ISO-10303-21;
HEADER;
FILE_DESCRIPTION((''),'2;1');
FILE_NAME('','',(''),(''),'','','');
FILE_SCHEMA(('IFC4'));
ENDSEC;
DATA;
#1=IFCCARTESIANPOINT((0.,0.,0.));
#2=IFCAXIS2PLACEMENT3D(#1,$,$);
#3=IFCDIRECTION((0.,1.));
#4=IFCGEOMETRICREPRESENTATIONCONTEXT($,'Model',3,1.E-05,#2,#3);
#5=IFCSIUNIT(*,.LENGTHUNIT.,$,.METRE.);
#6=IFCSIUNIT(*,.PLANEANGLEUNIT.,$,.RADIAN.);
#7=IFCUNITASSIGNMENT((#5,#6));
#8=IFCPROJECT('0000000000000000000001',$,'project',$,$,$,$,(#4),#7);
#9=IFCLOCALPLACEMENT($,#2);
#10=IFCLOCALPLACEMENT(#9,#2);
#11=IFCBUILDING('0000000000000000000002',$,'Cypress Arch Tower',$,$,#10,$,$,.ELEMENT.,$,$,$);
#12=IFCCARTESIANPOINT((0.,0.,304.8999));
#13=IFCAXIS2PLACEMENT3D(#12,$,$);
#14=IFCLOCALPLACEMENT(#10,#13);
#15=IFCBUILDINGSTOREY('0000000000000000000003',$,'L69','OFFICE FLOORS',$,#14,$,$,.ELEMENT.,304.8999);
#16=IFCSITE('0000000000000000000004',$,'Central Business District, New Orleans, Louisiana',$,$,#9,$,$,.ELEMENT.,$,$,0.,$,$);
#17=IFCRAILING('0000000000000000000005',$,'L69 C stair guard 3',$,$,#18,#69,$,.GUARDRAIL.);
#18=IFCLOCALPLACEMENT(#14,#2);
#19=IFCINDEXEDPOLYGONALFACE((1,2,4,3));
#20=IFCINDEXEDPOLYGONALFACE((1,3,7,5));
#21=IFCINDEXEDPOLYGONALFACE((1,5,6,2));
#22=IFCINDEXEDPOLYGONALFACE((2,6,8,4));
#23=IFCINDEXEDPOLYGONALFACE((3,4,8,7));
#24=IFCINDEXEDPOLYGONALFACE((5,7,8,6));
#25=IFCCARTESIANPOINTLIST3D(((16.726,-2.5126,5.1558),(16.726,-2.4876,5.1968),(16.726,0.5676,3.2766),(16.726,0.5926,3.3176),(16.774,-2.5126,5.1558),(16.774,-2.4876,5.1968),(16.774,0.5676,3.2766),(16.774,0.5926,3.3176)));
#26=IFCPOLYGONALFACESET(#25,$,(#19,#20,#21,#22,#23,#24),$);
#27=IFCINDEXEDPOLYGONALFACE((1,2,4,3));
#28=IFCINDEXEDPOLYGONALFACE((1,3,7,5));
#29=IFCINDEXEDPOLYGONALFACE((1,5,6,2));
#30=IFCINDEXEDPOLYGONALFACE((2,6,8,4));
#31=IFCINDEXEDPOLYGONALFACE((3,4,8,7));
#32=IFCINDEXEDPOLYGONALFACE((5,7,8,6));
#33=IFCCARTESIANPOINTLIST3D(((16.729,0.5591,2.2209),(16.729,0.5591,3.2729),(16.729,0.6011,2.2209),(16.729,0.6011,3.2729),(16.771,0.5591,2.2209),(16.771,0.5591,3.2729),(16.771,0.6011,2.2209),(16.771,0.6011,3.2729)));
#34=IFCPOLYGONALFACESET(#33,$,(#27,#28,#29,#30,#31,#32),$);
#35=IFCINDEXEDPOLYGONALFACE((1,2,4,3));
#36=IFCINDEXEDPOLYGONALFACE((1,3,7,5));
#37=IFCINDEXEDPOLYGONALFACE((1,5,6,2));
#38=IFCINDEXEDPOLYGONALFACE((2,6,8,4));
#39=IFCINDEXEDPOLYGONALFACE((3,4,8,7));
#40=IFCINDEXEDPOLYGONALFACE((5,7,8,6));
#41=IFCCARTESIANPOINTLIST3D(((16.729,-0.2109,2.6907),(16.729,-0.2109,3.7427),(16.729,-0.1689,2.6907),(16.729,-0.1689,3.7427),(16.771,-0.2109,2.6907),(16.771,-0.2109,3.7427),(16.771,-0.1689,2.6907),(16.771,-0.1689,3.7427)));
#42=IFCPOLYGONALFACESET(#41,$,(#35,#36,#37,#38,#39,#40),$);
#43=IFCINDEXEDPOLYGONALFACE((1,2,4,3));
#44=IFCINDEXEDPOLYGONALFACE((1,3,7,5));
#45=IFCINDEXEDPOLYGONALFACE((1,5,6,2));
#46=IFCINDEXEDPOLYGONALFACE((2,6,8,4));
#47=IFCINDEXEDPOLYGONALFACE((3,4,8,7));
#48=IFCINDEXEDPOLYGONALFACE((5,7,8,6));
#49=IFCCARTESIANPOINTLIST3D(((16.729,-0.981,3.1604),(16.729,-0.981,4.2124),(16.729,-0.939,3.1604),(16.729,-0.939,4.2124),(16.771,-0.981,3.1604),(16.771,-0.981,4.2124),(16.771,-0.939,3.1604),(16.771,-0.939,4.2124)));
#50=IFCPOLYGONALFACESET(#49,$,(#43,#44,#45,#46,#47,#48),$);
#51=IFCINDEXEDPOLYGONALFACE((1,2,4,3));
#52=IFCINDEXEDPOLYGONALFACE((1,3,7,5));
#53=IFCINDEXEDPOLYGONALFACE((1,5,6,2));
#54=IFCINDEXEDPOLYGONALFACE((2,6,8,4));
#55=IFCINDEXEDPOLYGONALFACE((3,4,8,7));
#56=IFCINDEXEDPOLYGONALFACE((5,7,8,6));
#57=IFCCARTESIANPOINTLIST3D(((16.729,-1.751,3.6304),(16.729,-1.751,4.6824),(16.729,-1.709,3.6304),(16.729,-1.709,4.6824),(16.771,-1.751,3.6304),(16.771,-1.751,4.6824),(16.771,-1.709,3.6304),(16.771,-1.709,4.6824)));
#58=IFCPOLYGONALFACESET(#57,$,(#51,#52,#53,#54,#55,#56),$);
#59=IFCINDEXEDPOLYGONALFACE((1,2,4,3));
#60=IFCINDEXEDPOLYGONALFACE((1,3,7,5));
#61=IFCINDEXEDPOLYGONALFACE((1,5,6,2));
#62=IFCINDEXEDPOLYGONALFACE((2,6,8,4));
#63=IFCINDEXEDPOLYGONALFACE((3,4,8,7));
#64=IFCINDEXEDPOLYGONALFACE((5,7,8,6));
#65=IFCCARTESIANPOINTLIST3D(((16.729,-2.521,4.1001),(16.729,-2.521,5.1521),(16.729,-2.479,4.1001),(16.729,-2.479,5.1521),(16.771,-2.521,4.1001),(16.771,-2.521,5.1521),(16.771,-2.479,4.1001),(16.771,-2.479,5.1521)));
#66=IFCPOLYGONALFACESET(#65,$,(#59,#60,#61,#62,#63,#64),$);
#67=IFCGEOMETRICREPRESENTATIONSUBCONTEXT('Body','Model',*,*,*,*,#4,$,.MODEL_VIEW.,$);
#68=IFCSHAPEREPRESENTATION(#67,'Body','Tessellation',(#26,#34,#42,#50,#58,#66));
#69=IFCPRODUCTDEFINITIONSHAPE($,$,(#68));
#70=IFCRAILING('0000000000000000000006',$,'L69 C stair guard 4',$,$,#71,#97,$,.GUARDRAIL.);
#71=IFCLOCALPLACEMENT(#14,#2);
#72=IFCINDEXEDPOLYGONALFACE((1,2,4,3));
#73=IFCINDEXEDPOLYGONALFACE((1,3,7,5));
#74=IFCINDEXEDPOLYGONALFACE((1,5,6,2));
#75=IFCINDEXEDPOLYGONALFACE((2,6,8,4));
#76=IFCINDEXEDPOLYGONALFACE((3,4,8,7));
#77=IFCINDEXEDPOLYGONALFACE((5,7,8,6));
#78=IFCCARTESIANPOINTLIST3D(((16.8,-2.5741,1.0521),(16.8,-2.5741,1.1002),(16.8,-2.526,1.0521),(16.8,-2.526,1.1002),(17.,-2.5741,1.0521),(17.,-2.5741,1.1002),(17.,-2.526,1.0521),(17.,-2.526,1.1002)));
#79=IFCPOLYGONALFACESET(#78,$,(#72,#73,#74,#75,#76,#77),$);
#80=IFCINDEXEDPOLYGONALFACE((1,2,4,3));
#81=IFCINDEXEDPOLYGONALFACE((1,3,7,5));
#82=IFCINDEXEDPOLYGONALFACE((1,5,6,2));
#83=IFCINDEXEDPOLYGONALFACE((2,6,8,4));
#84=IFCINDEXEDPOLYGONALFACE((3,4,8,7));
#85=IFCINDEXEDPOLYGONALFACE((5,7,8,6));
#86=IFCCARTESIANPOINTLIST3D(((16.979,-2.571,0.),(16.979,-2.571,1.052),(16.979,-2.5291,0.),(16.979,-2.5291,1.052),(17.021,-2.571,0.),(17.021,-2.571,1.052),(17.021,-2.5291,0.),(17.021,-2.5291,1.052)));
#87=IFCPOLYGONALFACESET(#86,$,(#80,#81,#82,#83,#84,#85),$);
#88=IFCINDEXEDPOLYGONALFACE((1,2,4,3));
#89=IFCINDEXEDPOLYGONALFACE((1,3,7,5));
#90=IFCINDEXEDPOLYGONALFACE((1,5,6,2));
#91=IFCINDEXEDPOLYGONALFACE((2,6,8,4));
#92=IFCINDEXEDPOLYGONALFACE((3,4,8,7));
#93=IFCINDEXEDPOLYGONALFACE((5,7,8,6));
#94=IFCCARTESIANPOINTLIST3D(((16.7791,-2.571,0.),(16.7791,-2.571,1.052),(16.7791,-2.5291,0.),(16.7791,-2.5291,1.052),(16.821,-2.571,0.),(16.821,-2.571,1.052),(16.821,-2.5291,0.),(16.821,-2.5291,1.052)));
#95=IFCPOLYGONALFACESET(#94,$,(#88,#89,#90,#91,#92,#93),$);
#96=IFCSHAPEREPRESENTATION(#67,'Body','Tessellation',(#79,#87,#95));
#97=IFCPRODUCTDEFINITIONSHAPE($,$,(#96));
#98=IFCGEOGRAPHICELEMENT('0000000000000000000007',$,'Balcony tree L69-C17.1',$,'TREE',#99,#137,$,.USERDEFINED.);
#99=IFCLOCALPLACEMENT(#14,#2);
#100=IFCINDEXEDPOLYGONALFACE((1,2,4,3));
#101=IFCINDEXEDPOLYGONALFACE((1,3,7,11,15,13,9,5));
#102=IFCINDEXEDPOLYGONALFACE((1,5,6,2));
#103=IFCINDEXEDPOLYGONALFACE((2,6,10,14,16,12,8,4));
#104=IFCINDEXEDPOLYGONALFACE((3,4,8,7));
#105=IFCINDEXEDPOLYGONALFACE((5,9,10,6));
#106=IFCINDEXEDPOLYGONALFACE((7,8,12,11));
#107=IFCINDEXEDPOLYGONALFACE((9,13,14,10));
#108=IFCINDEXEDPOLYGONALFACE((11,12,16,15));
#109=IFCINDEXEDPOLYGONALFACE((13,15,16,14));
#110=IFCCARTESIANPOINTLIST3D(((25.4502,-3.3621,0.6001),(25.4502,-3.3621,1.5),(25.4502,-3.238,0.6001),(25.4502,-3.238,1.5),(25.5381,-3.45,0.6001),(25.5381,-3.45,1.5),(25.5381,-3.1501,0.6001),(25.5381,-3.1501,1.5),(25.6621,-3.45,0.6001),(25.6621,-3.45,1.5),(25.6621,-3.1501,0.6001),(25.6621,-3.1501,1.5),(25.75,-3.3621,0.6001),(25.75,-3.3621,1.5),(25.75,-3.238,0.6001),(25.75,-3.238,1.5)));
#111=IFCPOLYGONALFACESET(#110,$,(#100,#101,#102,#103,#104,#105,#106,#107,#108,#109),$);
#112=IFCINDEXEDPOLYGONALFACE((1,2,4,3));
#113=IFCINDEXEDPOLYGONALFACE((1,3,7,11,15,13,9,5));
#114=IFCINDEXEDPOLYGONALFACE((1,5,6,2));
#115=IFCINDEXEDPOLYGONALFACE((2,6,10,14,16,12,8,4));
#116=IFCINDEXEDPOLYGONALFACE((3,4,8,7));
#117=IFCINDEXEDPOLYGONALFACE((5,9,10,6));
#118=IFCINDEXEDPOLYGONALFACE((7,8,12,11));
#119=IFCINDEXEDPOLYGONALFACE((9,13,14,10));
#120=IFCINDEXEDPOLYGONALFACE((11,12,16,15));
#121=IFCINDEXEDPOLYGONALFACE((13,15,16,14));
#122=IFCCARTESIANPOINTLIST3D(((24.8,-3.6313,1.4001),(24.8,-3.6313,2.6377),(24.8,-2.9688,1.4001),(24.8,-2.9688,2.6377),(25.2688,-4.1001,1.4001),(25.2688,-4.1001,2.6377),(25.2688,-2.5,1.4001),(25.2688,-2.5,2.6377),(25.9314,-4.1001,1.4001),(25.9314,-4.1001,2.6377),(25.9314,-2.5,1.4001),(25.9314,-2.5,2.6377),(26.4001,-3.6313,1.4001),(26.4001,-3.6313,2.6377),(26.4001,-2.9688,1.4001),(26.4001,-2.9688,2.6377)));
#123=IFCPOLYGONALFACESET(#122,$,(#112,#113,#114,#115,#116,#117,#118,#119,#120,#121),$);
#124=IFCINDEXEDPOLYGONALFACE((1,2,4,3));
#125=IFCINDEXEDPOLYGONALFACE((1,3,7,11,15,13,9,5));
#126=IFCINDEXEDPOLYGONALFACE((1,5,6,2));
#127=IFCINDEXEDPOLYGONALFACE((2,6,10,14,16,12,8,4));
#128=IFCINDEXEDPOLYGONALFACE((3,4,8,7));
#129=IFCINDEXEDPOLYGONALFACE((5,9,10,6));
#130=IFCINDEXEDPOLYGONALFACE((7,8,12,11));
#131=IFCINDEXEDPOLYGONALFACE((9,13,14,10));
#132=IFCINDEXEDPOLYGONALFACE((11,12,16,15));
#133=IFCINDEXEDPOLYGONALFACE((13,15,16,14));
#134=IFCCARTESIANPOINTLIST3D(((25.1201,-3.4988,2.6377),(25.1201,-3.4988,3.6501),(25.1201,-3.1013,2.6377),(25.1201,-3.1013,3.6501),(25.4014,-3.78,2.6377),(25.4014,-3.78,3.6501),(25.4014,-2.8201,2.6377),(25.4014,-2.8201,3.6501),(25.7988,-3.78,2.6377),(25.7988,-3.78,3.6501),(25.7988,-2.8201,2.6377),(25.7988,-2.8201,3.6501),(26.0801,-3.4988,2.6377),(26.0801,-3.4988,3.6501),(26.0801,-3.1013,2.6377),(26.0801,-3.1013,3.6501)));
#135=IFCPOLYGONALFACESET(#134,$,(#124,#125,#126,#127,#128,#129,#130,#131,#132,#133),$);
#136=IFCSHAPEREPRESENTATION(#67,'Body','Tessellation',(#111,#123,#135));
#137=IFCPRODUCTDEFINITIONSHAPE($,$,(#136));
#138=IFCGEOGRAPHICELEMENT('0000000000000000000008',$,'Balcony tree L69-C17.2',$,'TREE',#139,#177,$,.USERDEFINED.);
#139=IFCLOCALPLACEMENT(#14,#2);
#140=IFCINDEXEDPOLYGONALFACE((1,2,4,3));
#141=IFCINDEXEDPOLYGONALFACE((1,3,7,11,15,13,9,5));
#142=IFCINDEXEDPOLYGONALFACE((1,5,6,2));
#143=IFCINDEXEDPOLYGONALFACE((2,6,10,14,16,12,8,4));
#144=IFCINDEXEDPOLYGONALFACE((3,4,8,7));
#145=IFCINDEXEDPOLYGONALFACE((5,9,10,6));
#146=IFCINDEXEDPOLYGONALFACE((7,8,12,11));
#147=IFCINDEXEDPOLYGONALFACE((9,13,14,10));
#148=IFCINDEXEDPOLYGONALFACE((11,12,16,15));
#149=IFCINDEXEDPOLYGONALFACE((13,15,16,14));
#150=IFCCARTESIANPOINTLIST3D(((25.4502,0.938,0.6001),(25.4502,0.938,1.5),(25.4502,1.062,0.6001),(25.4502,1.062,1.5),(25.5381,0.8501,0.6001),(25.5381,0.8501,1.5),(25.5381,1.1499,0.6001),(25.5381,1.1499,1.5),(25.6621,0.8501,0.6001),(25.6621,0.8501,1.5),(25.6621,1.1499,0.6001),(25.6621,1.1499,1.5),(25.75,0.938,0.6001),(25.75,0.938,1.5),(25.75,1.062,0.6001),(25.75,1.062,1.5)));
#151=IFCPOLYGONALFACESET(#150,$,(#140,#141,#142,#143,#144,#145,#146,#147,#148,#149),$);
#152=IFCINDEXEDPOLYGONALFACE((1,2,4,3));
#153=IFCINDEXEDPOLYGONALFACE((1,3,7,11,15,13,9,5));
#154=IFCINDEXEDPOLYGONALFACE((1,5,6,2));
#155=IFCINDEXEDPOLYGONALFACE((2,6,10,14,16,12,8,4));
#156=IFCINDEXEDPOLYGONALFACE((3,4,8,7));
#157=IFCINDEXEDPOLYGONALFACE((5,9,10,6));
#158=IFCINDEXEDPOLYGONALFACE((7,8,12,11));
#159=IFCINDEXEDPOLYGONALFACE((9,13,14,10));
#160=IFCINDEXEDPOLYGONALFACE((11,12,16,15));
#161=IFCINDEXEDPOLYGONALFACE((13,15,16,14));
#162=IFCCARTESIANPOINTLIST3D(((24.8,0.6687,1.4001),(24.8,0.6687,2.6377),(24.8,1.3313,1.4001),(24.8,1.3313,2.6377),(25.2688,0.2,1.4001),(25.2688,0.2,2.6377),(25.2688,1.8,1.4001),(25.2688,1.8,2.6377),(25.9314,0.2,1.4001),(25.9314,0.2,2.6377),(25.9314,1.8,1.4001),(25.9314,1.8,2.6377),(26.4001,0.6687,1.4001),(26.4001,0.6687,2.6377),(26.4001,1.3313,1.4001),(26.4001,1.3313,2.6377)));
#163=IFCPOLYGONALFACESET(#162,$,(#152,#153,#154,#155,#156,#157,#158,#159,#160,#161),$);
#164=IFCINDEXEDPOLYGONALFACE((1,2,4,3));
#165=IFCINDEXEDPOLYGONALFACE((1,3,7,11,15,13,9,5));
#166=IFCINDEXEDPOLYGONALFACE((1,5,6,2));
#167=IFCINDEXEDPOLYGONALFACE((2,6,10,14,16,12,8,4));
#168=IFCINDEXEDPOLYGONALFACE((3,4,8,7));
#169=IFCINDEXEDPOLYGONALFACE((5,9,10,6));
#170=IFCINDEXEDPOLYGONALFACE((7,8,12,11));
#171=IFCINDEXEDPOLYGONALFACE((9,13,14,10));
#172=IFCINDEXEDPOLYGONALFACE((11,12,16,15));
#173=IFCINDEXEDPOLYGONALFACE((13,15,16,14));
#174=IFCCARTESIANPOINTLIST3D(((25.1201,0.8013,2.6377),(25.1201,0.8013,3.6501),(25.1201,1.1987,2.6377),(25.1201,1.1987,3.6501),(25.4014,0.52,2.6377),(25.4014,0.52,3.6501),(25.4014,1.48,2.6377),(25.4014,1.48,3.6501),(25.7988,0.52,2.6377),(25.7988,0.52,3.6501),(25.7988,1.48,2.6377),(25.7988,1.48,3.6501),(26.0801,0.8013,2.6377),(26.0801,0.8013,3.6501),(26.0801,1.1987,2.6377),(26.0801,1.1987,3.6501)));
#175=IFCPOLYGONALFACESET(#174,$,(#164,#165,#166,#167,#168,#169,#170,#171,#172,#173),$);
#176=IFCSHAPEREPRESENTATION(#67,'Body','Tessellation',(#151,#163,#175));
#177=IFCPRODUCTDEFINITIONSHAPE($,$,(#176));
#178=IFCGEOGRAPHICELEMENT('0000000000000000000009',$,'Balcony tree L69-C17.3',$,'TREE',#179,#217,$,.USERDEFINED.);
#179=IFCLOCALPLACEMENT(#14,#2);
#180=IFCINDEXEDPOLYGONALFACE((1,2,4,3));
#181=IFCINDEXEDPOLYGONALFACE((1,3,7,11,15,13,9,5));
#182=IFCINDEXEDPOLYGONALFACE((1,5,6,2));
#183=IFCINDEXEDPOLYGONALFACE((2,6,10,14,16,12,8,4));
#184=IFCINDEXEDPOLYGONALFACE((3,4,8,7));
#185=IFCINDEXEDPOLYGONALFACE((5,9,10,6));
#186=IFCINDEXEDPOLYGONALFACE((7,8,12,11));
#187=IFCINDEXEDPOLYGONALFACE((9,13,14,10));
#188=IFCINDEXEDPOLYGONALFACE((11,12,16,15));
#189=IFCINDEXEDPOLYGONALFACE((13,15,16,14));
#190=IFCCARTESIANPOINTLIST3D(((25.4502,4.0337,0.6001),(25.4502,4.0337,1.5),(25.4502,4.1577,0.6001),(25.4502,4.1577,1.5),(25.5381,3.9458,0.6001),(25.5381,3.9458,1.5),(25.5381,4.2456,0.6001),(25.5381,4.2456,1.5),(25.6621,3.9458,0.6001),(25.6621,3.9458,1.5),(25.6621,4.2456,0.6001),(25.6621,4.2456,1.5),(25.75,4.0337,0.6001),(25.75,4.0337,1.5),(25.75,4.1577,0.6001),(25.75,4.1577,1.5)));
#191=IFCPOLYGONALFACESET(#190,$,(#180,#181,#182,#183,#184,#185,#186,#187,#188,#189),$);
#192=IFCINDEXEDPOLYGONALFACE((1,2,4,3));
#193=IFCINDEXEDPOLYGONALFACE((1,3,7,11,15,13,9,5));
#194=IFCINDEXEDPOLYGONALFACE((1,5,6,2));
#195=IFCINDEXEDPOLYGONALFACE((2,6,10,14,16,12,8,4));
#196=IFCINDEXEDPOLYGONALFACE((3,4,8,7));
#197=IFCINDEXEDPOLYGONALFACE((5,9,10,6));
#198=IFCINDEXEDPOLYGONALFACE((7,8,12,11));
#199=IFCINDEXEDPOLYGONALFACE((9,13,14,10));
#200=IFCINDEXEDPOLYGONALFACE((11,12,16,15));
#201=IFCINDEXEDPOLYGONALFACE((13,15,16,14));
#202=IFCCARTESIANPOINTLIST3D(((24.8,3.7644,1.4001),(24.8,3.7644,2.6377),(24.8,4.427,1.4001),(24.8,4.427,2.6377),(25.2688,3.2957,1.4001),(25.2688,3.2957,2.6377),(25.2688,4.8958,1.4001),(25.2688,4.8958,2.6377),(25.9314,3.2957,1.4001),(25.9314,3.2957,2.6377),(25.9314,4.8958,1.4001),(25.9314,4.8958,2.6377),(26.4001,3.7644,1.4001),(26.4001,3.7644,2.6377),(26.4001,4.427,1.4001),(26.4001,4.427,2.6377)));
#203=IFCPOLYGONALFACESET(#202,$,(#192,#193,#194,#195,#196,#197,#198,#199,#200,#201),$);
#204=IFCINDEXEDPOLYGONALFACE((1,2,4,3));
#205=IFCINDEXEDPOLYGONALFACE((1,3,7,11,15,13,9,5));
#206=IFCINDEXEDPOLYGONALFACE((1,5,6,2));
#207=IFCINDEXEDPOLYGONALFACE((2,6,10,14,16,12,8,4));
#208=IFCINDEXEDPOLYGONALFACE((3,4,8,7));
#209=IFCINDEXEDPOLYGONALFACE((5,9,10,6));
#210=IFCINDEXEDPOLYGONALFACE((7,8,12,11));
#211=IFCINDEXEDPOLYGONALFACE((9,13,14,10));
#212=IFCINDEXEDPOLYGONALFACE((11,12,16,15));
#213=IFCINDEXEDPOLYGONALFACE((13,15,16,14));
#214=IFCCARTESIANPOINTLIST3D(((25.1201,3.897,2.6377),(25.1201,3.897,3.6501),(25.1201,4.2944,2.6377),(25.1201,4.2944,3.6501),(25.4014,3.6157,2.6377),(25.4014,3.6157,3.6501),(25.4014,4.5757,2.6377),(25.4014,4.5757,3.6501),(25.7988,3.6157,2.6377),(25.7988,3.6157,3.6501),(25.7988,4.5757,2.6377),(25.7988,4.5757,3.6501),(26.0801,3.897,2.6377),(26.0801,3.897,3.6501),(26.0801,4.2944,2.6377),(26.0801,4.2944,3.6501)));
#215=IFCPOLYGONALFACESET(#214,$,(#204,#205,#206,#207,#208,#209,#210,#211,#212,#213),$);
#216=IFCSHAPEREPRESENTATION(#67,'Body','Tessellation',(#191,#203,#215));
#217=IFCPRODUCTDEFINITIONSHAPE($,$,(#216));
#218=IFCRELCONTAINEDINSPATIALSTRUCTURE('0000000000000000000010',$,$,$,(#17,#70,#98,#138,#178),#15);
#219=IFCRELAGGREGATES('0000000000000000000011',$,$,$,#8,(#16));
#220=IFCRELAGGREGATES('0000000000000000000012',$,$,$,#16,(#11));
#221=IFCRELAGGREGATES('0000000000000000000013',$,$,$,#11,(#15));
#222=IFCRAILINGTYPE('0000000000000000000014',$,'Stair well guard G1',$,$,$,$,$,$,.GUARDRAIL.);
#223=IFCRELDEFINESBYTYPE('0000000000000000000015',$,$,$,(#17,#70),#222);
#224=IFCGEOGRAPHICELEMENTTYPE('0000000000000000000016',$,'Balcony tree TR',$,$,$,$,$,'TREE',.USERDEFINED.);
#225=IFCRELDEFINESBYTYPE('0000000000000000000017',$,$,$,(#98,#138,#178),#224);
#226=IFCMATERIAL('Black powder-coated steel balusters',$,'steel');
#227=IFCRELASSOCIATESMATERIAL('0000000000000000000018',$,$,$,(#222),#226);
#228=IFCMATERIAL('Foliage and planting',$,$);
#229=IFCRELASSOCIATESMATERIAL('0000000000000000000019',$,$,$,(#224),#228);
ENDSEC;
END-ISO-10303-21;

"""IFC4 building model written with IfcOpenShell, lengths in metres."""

from ifc_helpers import new_model, si_unit, direction, frame, origin, origin_2d, place, context, subcontext, project, spatial, polyline, rectangle, outline, extrude, material, type_object, element, save


model = new_model("IFC4")

# Units and contexts
model_context = context("Model", 3, precision=1e-05, world=origin(), true_north=direction((0.0, 1.0)))
body_context = subcontext(model_context, "Body", "Model", "MODEL_VIEW")
ifc_project = project(units=[si_unit("LENGTHUNIT", "METRE"), si_unit("PLANEANGLEUNIT", "RADIAN")], contexts=[model_context])

# Site, building, storey
site_placement = place(None, origin())
site = spatial("IfcSite", under=ifc_project, at=site_placement, Name="Central Business District, New Orleans, Louisiana", CompositionType="ELEMENT", RefElevation=0.0)
building_placement = place(site_placement, origin())
building = spatial("IfcBuilding", under=site, at=building_placement, Name="Cypress Arch Tower", CompositionType="ELEMENT")
storey_placement = place(building_placement, frame((0.0, 0.0, 304.8999)))
storey = spatial("IfcBuildingStorey", under=building, at=storey_placement, Name="L69", Description="OFFICE FLOORS", CompositionType="ELEMENT", Elevation=304.8999)

# Railings
ifc_material_1 = material(Name="Black powder-coated steel balusters", Category="steel")
railing_type_1 = type_object("IfcRailingType", Name="Stair well guard G1", PredefinedType="GUARDRAIL", material=ifc_material_1)
railing_1_placement = place(storey_placement, frame((16.75, 0.5801, 2.2209)))
element("IfcRailing", 1, at=railing_1_placement, inside=storey, type_object=railing_type_1, Name="L69 C stair guard 3", PredefinedType="GUARDRAIL", context=body_context, shape_type="SweptSolid", body=[
    extrude(rectangle(XDim=0.0481, YDim=0.0481, at=origin_2d()), frame((0.0, 0.0, 1.0762), z_axis=(0.0, -0.853666, 0.52082), x_axis=(1.0, 0.0, 0.0)), (0.0, 0.0, 1.0), 3.6082),
    extrude(rectangle(XDim=0.042, YDim=0.042, at=origin_2d()), origin(), (0.0, 0.0, 1.0), 1.052),
    extrude(rectangle(XDim=0.042, YDim=0.042, at=origin_2d()), frame((0.0, -0.77, 0.4697)), (0.0, 0.0, 1.0), 1.052),
    extrude(rectangle(XDim=0.042, YDim=0.042, at=origin_2d()), frame((0.0, -1.54, 0.9395)), (0.0, 0.0, 1.0), 1.052),
    extrude(rectangle(XDim=0.042, YDim=0.042, at=origin_2d()), frame((0.0, -2.3101, 1.4094)), (0.0, 0.0, 1.0), 1.052),
    extrude(rectangle(XDim=0.042, YDim=0.042, at=origin_2d()), frame((0.0, -3.0801, 1.8792)), (0.0, 0.0, 1.0), 1.052),
])
railing_2_placement = place(storey_placement, frame((17.0, -2.55, 0.0)))
element("IfcRailing", 2, at=railing_2_placement, inside=storey, type_object=railing_type_1, Name="L69 C stair guard 4", PredefinedType="GUARDRAIL", context=body_context, shape_type="SweptSolid", body=[
    extrude(rectangle(XDim=0.0481, YDim=0.0481, at=origin_2d()), frame((0.0, 0.0, 1.0762), z_axis=(-1.0, 0.0, 0.0), x_axis=(0.0, -1.0, 0.0)), (0.0, 0.0, 1.0), 0.2),
    extrude(rectangle(XDim=0.042, YDim=0.042, at=origin_2d()), origin(), (0.0, 0.0, 1.0), 1.052),
    extrude(rectangle(XDim=0.042, YDim=0.042, at=origin_2d()), frame((-0.2, 0.0, 0.0)), (0.0, 0.0, 1.0), 1.052),
])

# Geographic elements
ifc_material_2 = material(Name="Foliage and planting")
geographic_element_type = type_object("IfcGeographicElementType", Name="Balcony tree TR", ElementType="TREE", PredefinedType="USERDEFINED", material=ifc_material_2)
for number, where, z_axis, x_axis, name in (
    (3, (25.6001, -3.3, 0.6001), (0.0, 0.0, 1.0), (1.0, 0.0, 0.0), "Balcony tree L69-C17.1"),
    (4, (25.6001, 1.0, 0.6001), (0.0, 0.0, 1.0), (1.0, 0.0, 0.0), "Balcony tree L69-C17.2"),
    (5, (25.6001, 4.0957, 0.6001), (0.0, 0.0, 1.0), (1.0, 0.0, 0.0), "Balcony tree L69-C17.3"),
):
    element("IfcGeographicElement", number, at=place(storey_placement, frame(where, z_axis=z_axis, x_axis=x_axis)), inside=storey, type_object=geographic_element_type, Name=name, ObjectType="TREE", PredefinedType="USERDEFINED", context=body_context, shape_type="SweptSolid", body=[
        extrude(outline(polyline([(0.1499, 0.062), (0.062, 0.1499), (-0.062, 0.1499), (-0.1499, 0.062), (-0.1499, -0.062), (-0.062, -0.1499), (0.062, -0.1499), (0.1499, -0.062), (0.1499, 0.062)])), origin(), (0.0, 0.0, 1.0), 0.8999),
        extrude(outline(polyline([(0.8, 0.3313), (0.3313, 0.8), (-0.3313, 0.8), (-0.8, 0.3313), (-0.8, -0.3313), (-0.3313, -0.8), (0.3313, -0.8), (0.8, -0.3313), (0.8, 0.3313)])), frame((0.0, 0.0, 0.8)), (0.0, 0.0, 1.0), 1.2375),
        extrude(outline(polyline([(0.48, 0.1987), (0.1987, 0.48), (-0.1987, 0.48), (-0.48, 0.1987), (-0.48, -0.1987), (-0.1987, -0.48), (0.1987, -0.48), (0.48, -0.1987), (0.48, 0.1987)])), frame((0.0, 0.0, 2.0376)), (0.0, 0.0, 1.0), 1.0125),
    ])

save(model, "model.ifc")
